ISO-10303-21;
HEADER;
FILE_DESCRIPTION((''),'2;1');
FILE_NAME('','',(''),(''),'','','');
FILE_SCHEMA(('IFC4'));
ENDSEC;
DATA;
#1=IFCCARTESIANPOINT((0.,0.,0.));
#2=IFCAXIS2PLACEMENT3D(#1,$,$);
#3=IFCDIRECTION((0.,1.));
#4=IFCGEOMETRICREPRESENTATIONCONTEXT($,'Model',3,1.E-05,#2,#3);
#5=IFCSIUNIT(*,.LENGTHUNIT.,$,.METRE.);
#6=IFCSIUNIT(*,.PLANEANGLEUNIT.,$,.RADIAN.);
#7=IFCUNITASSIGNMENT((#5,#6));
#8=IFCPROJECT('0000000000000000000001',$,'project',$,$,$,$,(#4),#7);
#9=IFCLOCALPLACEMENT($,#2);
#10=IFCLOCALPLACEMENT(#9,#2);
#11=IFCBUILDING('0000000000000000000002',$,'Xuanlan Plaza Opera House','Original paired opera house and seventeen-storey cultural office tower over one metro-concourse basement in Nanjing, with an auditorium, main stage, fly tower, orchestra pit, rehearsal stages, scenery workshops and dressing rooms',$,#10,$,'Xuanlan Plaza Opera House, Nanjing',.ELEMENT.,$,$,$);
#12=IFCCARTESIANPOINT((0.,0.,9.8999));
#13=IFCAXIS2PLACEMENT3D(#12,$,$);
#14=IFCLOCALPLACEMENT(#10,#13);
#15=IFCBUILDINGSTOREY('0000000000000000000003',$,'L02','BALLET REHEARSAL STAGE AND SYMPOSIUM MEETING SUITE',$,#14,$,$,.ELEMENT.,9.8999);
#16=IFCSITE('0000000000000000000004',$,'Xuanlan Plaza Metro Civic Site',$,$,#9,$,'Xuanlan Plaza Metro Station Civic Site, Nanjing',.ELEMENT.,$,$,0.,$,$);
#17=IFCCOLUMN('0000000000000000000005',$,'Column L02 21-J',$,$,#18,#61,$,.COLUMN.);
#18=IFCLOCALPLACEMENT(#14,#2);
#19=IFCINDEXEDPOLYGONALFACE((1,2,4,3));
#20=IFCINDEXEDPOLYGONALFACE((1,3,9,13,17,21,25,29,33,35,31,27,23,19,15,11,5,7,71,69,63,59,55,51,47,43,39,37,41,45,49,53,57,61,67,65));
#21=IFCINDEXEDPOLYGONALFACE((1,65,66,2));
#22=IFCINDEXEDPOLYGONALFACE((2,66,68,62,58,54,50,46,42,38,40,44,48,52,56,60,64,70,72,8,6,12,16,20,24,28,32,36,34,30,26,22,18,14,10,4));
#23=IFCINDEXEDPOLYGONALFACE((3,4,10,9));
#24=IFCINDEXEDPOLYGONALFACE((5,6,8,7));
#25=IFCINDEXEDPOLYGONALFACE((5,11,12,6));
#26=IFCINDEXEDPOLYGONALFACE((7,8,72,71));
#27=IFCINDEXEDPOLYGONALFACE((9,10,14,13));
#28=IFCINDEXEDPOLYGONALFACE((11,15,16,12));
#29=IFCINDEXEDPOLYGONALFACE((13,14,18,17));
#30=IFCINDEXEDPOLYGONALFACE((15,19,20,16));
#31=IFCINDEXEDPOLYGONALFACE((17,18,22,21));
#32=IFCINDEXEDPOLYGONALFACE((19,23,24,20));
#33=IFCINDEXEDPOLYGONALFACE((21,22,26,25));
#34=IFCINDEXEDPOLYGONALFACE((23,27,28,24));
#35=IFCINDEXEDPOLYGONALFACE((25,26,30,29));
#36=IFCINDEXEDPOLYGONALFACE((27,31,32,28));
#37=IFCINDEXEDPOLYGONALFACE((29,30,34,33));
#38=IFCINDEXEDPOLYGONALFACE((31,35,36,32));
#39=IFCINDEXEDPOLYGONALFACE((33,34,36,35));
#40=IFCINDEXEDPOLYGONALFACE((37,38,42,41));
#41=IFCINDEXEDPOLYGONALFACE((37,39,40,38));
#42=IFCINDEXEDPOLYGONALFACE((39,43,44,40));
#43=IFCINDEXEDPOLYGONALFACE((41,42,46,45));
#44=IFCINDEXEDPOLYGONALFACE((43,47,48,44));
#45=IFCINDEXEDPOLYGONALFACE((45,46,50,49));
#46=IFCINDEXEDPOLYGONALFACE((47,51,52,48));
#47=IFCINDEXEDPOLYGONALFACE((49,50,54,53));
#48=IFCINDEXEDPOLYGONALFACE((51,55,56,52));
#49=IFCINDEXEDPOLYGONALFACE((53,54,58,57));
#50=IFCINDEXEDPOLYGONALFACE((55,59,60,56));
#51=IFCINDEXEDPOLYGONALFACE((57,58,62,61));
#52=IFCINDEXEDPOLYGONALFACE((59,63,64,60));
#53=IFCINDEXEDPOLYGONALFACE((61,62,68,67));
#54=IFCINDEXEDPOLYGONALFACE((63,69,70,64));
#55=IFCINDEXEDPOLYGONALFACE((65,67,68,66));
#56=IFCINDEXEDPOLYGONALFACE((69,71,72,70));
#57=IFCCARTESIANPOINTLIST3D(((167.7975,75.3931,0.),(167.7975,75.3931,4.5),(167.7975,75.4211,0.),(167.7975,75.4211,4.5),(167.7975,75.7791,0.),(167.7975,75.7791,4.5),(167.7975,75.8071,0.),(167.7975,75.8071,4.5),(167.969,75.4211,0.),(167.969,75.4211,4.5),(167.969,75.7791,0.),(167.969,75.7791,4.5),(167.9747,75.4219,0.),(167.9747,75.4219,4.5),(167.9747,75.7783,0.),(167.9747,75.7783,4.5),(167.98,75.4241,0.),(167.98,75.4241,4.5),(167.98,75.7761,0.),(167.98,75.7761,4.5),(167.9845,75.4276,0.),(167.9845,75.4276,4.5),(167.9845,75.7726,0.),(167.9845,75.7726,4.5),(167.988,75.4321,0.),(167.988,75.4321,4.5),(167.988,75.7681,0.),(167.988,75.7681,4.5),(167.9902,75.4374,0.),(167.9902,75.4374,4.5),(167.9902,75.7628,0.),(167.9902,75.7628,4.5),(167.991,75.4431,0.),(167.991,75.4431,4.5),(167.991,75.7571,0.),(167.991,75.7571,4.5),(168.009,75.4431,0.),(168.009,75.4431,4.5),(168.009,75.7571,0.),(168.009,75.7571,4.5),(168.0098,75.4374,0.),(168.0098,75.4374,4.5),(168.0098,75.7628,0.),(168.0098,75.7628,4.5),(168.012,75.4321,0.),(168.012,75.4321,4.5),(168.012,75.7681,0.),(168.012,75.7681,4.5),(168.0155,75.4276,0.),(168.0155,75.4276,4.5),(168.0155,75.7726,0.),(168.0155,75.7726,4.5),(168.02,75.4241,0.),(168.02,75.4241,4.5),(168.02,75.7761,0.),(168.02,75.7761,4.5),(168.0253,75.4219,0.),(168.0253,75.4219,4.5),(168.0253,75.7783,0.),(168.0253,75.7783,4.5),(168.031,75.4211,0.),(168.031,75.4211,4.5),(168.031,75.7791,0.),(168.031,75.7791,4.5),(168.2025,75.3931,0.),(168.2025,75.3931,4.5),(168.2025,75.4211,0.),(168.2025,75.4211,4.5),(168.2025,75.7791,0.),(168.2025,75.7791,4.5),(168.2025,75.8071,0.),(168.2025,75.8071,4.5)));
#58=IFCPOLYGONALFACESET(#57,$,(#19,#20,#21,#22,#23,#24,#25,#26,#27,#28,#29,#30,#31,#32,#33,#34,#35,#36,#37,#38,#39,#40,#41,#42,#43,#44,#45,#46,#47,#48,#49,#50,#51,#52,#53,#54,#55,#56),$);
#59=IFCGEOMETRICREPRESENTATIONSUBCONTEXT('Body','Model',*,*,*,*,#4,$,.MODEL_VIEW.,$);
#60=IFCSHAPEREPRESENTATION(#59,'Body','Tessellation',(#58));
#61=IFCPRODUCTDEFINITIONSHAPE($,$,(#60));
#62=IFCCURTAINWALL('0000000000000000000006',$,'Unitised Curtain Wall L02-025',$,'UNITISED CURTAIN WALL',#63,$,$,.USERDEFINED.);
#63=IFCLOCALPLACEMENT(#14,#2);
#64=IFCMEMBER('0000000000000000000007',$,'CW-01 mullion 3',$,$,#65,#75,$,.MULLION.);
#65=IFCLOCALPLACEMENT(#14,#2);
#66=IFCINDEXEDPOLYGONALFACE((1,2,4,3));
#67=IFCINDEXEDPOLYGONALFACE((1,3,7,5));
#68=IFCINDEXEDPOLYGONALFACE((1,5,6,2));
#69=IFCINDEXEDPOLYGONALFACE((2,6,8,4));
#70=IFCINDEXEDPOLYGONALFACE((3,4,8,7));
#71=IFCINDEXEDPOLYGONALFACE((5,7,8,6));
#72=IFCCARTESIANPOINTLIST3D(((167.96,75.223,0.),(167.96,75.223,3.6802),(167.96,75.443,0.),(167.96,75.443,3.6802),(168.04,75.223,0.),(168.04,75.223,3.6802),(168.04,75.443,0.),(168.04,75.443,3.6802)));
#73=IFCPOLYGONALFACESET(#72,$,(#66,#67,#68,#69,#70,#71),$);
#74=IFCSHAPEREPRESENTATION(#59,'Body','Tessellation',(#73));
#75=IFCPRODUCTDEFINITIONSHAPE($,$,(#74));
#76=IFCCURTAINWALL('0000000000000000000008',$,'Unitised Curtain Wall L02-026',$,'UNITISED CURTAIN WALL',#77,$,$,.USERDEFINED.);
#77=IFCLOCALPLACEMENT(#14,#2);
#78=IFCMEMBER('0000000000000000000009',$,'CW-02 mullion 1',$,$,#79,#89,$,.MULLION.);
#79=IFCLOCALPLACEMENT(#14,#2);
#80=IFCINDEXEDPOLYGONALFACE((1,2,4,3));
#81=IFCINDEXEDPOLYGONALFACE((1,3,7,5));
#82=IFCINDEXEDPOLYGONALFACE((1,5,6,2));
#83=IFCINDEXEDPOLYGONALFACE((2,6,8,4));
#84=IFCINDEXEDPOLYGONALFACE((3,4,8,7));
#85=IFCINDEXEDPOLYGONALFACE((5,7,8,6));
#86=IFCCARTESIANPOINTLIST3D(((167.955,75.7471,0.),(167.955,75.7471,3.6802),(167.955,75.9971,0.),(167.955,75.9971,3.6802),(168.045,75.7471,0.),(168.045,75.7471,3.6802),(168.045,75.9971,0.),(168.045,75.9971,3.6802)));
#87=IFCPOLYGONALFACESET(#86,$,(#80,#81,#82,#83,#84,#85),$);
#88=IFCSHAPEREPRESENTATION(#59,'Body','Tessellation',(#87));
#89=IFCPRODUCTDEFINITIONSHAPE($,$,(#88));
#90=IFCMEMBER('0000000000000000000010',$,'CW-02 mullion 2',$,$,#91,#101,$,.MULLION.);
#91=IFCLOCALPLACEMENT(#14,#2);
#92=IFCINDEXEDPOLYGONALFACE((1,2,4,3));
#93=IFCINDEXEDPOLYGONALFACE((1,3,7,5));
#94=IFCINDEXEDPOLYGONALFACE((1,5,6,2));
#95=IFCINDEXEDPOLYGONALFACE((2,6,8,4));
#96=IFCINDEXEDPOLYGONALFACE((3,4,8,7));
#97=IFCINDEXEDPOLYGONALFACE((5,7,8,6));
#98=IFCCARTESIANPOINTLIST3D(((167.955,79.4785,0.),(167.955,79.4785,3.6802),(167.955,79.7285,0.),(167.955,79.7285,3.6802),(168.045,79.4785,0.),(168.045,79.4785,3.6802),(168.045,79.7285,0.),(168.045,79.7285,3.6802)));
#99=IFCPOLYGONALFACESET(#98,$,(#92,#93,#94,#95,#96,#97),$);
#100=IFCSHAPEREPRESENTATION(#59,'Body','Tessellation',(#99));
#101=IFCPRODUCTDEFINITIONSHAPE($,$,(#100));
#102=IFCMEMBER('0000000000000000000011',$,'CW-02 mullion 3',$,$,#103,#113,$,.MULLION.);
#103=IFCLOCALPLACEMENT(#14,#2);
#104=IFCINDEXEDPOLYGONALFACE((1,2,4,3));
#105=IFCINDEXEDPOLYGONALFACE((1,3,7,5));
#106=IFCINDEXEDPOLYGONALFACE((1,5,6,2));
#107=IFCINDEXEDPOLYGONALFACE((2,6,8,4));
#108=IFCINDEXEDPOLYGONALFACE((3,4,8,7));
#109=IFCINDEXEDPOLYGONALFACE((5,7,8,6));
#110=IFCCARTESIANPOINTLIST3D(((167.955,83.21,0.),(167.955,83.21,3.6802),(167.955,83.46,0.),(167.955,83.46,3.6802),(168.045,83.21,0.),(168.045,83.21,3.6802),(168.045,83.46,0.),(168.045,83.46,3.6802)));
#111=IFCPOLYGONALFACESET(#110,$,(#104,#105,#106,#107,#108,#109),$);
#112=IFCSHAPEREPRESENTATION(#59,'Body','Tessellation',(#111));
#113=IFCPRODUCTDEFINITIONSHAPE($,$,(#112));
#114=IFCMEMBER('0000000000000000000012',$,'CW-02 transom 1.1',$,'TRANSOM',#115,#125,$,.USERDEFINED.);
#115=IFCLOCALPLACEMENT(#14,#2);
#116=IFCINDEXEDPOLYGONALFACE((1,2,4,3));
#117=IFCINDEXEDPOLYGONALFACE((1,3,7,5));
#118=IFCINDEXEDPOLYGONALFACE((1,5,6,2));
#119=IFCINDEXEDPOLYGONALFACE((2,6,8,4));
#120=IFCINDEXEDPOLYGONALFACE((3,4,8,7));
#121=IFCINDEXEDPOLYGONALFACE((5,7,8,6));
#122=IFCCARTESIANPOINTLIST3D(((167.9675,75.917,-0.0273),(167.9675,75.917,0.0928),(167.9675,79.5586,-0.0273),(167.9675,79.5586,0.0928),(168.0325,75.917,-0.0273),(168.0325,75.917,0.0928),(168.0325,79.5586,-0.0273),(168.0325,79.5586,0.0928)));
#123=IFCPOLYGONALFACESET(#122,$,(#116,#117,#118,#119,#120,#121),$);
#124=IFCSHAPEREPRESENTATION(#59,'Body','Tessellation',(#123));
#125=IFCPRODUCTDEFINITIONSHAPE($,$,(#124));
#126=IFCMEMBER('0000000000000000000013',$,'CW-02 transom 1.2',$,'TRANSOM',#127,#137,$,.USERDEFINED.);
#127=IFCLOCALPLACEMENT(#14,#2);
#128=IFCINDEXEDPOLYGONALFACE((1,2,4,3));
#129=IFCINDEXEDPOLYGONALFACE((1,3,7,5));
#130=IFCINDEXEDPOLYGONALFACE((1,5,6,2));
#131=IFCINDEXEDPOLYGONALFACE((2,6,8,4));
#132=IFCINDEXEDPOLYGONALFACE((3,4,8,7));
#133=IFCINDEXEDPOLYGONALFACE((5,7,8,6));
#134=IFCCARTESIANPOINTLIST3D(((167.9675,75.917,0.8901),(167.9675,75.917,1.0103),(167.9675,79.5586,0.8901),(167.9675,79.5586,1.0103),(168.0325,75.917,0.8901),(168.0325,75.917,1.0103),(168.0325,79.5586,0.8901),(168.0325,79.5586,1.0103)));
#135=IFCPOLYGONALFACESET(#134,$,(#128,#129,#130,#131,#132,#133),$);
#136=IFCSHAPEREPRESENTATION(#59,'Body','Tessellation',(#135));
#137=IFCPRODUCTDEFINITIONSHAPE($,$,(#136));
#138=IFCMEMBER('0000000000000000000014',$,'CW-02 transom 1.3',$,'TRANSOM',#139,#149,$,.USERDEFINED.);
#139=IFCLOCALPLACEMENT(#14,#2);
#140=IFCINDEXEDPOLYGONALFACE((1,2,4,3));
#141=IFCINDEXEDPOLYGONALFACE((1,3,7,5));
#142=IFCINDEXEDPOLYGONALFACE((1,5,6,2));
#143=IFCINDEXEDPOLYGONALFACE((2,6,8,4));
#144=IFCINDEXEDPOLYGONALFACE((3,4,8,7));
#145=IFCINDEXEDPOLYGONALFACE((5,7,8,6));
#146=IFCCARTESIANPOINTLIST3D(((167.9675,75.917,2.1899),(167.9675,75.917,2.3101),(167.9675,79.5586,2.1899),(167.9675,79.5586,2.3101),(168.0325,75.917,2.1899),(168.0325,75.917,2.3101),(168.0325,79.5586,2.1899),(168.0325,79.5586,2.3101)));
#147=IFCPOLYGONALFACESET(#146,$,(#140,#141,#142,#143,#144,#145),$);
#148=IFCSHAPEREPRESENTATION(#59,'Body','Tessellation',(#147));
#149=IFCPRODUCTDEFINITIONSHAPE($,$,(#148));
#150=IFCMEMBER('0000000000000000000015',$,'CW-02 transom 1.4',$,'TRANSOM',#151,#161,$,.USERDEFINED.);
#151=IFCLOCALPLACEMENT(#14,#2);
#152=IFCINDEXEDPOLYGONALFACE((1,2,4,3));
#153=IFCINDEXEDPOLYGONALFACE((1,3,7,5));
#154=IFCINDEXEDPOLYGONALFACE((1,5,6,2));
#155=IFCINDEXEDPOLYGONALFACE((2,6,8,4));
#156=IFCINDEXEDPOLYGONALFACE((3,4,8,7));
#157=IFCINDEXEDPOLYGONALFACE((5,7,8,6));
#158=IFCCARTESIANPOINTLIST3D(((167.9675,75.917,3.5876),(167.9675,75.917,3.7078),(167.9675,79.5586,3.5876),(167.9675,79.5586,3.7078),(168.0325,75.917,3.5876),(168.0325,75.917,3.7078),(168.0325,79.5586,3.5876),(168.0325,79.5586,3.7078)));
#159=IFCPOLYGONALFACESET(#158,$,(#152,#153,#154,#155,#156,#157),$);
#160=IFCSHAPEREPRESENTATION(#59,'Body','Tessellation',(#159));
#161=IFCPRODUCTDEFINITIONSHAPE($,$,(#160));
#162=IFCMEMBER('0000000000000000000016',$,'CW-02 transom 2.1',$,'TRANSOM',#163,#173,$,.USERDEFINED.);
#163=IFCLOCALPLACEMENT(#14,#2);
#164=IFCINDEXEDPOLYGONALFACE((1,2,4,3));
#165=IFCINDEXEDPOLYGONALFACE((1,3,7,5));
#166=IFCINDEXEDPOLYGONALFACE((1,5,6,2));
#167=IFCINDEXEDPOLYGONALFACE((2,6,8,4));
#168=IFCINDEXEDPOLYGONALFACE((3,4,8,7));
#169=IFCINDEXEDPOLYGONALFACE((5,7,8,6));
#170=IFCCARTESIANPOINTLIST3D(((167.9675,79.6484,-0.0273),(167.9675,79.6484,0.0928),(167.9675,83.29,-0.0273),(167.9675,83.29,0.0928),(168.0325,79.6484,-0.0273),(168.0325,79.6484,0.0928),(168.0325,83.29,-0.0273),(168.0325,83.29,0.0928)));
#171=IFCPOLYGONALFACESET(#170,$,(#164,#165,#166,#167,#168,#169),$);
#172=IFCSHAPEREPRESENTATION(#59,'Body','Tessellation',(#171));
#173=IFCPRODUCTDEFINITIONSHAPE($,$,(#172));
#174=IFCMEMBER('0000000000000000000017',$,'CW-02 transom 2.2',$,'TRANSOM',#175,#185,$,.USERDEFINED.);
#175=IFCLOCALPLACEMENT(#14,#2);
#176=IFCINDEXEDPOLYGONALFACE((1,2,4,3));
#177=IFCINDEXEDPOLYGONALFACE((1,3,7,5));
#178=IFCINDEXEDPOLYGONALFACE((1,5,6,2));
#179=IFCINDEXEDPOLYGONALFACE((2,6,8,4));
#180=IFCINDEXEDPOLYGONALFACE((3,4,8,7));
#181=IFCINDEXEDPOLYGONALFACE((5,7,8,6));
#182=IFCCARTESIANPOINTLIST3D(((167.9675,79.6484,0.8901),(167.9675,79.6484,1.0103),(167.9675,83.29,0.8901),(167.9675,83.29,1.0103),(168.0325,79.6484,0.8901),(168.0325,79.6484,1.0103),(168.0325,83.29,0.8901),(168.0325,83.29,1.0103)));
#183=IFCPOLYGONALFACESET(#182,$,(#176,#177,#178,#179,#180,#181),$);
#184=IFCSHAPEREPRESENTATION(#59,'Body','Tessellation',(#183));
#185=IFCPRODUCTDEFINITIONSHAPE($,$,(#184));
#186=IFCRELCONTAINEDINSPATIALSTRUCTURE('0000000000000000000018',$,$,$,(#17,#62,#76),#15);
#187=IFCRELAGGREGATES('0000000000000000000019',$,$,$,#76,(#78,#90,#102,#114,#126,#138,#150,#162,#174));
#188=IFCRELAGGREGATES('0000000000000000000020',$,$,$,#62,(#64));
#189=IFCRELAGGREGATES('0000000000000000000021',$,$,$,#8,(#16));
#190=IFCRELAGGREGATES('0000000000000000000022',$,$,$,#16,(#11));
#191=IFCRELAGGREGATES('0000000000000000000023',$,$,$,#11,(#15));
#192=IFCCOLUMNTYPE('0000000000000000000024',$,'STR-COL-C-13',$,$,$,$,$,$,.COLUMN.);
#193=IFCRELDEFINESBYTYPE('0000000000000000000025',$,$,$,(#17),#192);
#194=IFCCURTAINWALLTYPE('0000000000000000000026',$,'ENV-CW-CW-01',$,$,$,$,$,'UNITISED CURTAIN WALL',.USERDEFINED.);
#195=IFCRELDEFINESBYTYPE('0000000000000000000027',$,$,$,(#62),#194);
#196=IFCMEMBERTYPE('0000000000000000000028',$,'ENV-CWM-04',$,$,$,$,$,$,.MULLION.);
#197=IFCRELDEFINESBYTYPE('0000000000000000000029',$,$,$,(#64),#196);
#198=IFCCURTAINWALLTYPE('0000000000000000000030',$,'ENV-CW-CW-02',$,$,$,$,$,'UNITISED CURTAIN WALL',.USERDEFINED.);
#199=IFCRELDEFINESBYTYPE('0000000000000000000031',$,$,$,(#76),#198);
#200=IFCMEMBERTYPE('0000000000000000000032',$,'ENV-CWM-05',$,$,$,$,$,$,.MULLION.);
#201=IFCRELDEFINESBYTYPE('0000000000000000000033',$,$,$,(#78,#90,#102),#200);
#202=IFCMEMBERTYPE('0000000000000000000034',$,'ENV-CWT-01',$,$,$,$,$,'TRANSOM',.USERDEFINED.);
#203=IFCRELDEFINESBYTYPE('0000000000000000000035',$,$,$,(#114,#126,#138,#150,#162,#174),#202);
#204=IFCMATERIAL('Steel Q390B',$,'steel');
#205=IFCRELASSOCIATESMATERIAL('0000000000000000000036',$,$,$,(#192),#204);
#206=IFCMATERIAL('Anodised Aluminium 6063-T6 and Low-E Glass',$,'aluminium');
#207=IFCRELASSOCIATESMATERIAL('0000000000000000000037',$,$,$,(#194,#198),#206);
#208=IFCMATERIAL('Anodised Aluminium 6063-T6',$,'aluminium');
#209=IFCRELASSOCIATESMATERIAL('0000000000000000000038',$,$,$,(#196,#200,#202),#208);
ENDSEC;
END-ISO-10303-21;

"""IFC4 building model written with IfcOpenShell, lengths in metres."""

from ifc_helpers import new_model, si_unit, direction, frame, origin, origin_2d, place, context, subcontext, project, spatial, rectangle, i_section, extrude, material, material_profile, profile_set, type_object, element, aggregate, save


model = new_model("IFC4")

# Units and contexts
model_context = context("Model", 3, precision=1e-05, world=origin(), true_north=direction((0.0, 1.0)))
body_context = subcontext(model_context, "Body", "Model", "MODEL_VIEW")
ifc_project = project(units=[si_unit("LENGTHUNIT", "METRE"), si_unit("PLANEANGLEUNIT", "RADIAN")], contexts=[model_context])

# Site, building, storey
site_placement = place(None, origin())
site = spatial("IfcSite", under=ifc_project, at=site_placement, Name="Xuanlan Plaza Metro Civic Site", LongName="Xuanlan Plaza Metro Station Civic Site, Nanjing", CompositionType="ELEMENT", RefElevation=0.0)
building_placement = place(site_placement, origin())
building = spatial("IfcBuilding", under=site, at=building_placement, Name="Xuanlan Plaza Opera House", Description="Original paired opera house and seventeen-storey cultural office tower over one metro-concourse basement in Nanjing, with an auditorium, main stage, fly tower, orchestra pit, rehearsal stages, scenery workshops and dressing rooms", LongName="Xuanlan Plaza Opera House, Nanjing", CompositionType="ELEMENT")
storey_placement = place(building_placement, frame((0.0, 0.0, 9.8999)))
storey = spatial("IfcBuildingStorey", under=building, at=storey_placement, Name="L02", Description="BALLET REHEARSAL STAGE AND SYMPOSIUM MEETING SUITE", CompositionType="ELEMENT", Elevation=9.8999)

# Column
ifc_material_1 = material(Name="Steel Q390B", Category="steel")
ifc_material_profile_1 = material_profile(ifc_material_1, i_section(OverallWidth=0.405, OverallDepth=0.4141, WebThickness=0.0181, FlangeThickness=0.0281, FilletRadius=0.022, at=origin_2d()), Name="HW 414x405x18x28")
ifc_profile_set_1 = profile_set([ifc_material_profile_1], Name="Steel Q390B")
column_type = type_object("IfcColumnType", Name="STR-COL-C-13", PredefinedType="COLUMN", material=ifc_profile_set_1)
column_placement = place(storey_placement, frame((168.0, 75.6001, 0.0), z_axis=(0.0, 0.0, 1.0), x_axis=(1.0, 0.0, 0.0)))
element("IfcColumn", 1, at=column_placement, inside=storey, type_object=column_type, Name="Column L02 21-J", PredefinedType="COLUMN", context=body_context, shape_type="SweptSolid", body=[
    extrude(i_section(OverallWidth=0.405, OverallDepth=0.4141, WebThickness=0.0181, FlangeThickness=0.0281, FilletRadius=0.022, at=origin_2d()), origin(), (0.0, 0.0, 1.0), 4.5),
])

# Curtain wall, member
ifc_material_2 = material(Name="Anodised Aluminium 6063-T6 and Low-E Glass", Category="aluminium")
curtain_wall_type_1 = type_object("IfcCurtainWallType", Name="ENV-CW-CW-01", ElementType="UNITISED CURTAIN WALL", PredefinedType="USERDEFINED", material=ifc_material_2)
curtain_wall_1_placement = place(storey_placement, origin())
curtain_wall_1 = element("IfcCurtainWall", 2, at=curtain_wall_1_placement, inside=storey, type_object=curtain_wall_type_1, Name="Unitised Curtain Wall L02-025", ObjectType="UNITISED CURTAIN WALL", PredefinedType="USERDEFINED")
ifc_material_3 = material(Name="Anodised Aluminium 6063-T6", Category="aluminium")
ifc_material_profile_2 = material_profile(ifc_material_3, rectangle(XDim=0.0801, YDim=0.22, at=origin_2d()), Name="ALU-M 80x220")
ifc_profile_set_2 = profile_set([ifc_material_profile_2], Name="Anodised Aluminium 6063-T6")
member_type_1 = type_object("IfcMemberType", Name="ENV-CWM-04", PredefinedType="MULLION", material=ifc_profile_set_2)
member_1_placement = place(storey_placement, frame((168.0, 75.333, 0.0), z_axis=(0.0, 0.0, 1.0), x_axis=(-1.0, 0.0, 0.0)))
member_1 = element("IfcMember", 3, at=member_1_placement, type_object=member_type_1, Name="CW-01 mullion 3", PredefinedType="MULLION", context=body_context, shape_type="SweptSolid", body=[
    extrude(rectangle(XDim=0.0801, YDim=0.22, at=origin_2d()), origin(), (0.0, 0.0, 1.0), 3.6802),
])

# Curtain wall, members
curtain_wall_type_2 = type_object("IfcCurtainWallType", Name="ENV-CW-CW-02", ElementType="UNITISED CURTAIN WALL", PredefinedType="USERDEFINED", material=ifc_material_2)
curtain_wall_2_placement = place(storey_placement, origin())
curtain_wall_2 = element("IfcCurtainWall", 4, at=curtain_wall_2_placement, inside=storey, type_object=curtain_wall_type_2, Name="Unitised Curtain Wall L02-026", ObjectType="UNITISED CURTAIN WALL", PredefinedType="USERDEFINED")
ifc_material_profile_3 = material_profile(ifc_material_3, rectangle(XDim=0.0901, YDim=0.25, at=origin_2d()), Name="ALU-M 90x250")
ifc_profile_set_3 = profile_set([ifc_material_profile_3], Name="Anodised Aluminium 6063-T6")
member_type_2 = type_object("IfcMemberType", Name="ENV-CWM-05", PredefinedType="MULLION", material=ifc_profile_set_3)
member_2_placement = place(storey_placement, frame((168.0, 75.8721, 0.0), z_axis=(0.0, 0.0, 1.0), x_axis=(-1.0, 0.0, 0.0)))
member_2 = element("IfcMember", 5, at=member_2_placement, type_object=member_type_2, Name="CW-02 mullion 1", PredefinedType="MULLION", context=body_context, shape_type="SweptSolid", body=[
    extrude(rectangle(XDim=0.0901, YDim=0.25, at=origin_2d()), origin(), (0.0, 0.0, 1.0), 3.6802),
])
member_3_placement = place(storey_placement, frame((168.0, 79.6035, 0.0), z_axis=(0.0, 0.0, 1.0), x_axis=(-1.0, 0.0, 0.0)))
member_3 = element("IfcMember", 6, at=member_3_placement, type_object=member_type_2, Name="CW-02 mullion 2", PredefinedType="MULLION", context=body_context, shape_type="SweptSolid", body=[
    extrude(rectangle(XDim=0.0901, YDim=0.25, at=origin_2d()), origin(), (0.0, 0.0, 1.0), 3.6802),
])
member_4_placement = place(storey_placement, frame((168.0, 83.335, 0.0), z_axis=(0.0, 0.0, 1.0), x_axis=(-1.0, 0.0, 0.0)))
member_4 = element("IfcMember", 7, at=member_4_placement, type_object=member_type_2, Name="CW-02 mullion 3", PredefinedType="MULLION", context=body_context, shape_type="SweptSolid", body=[
    extrude(rectangle(XDim=0.0901, YDim=0.25, at=origin_2d()), origin(), (0.0, 0.0, 1.0), 3.6802),
])
ifc_material_profile_4 = material_profile(ifc_material_3, rectangle(XDim=0.0649, YDim=0.1201, at=origin_2d()), Name="ALU-T 65x120")
ifc_profile_set_4 = profile_set([ifc_material_profile_4], Name="Anodised Aluminium 6063-T6")
member_type_3 = type_object("IfcMemberType", Name="ENV-CWT-01", ElementType="TRANSOM", PredefinedType="USERDEFINED", material=ifc_profile_set_4)
member_5_placement = place(storey_placement, frame((168.0, 75.917, 0.0327), z_axis=(0.0, 1.0, 0.0), x_axis=(-1.0, 0.0, 0.0)))
member_5 = element("IfcMember", 8, at=member_5_placement, type_object=member_type_3, Name="CW-02 transom 1.1", ObjectType="TRANSOM", PredefinedType="USERDEFINED", context=body_context, shape_type="SweptSolid", body=[
    extrude(rectangle(XDim=0.0649, YDim=0.1201, at=origin_2d()), origin(), (0.0, 0.0, 1.0), 3.6416),
])
member_6_placement = place(storey_placement, frame((168.0, 75.917, 0.9502), z_axis=(0.0, 1.0, 0.0), x_axis=(-1.0, 0.0, 0.0)))
member_6 = element("IfcMember", 9, at=member_6_placement, type_object=member_type_3, Name="CW-02 transom 1.2", ObjectType="TRANSOM", PredefinedType="USERDEFINED", context=body_context, shape_type="SweptSolid", body=[
    extrude(rectangle(XDim=0.0649, YDim=0.1201, at=origin_2d()), origin(), (0.0, 0.0, 1.0), 3.6416),
])
member_7_placement = place(storey_placement, frame((168.0, 75.917, 2.25), z_axis=(0.0, 1.0, 0.0), x_axis=(-1.0, 0.0, 0.0)))
member_7 = element("IfcMember", 10, at=member_7_placement, type_object=member_type_3, Name="CW-02 transom 1.3", ObjectType="TRANSOM", PredefinedType="USERDEFINED", context=body_context, shape_type="SweptSolid", body=[
    extrude(rectangle(XDim=0.0649, YDim=0.1201, at=origin_2d()), origin(), (0.0, 0.0, 1.0), 3.6416),
])
member_8_placement = place(storey_placement, frame((168.0, 75.917, 3.6477), z_axis=(0.0, 1.0, 0.0), x_axis=(-1.0, 0.0, 0.0)))
member_8 = element("IfcMember", 11, at=member_8_placement, type_object=member_type_3, Name="CW-02 transom 1.4", ObjectType="TRANSOM", PredefinedType="USERDEFINED", context=body_context, shape_type="SweptSolid", body=[
    extrude(rectangle(XDim=0.0649, YDim=0.1201, at=origin_2d()), origin(), (0.0, 0.0, 1.0), 3.6416),
])
member_9_placement = place(storey_placement, frame((168.0, 79.6484, 0.0327), z_axis=(0.0, 1.0, 0.0), x_axis=(-1.0, 0.0, 0.0)))
member_9 = element("IfcMember", 12, at=member_9_placement, type_object=member_type_3, Name="CW-02 transom 2.1", ObjectType="TRANSOM", PredefinedType="USERDEFINED", context=body_context, shape_type="SweptSolid", body=[
    extrude(rectangle(XDim=0.0649, YDim=0.1201, at=origin_2d()), origin(), (0.0, 0.0, 1.0), 3.6416),
])
member_10_placement = place(storey_placement, frame((168.0, 79.6484, 0.9502), z_axis=(0.0, 1.0, 0.0), x_axis=(-1.0, 0.0, 0.0)))
member_10 = element("IfcMember", 13, at=member_10_placement, type_object=member_type_3, Name="CW-02 transom 2.2", ObjectType="TRANSOM", PredefinedType="USERDEFINED", context=body_context, shape_type="SweptSolid", body=[
    extrude(rectangle(XDim=0.0649, YDim=0.1201, at=origin_2d()), origin(), (0.0, 0.0, 1.0), 3.6416),
])

aggregate(curtain_wall_2, [member_2, member_3, member_4, member_5, member_6, member_7, member_8, member_9, member_10])
aggregate(curtain_wall_1, [member_1])

save(model, "model.ifc")
